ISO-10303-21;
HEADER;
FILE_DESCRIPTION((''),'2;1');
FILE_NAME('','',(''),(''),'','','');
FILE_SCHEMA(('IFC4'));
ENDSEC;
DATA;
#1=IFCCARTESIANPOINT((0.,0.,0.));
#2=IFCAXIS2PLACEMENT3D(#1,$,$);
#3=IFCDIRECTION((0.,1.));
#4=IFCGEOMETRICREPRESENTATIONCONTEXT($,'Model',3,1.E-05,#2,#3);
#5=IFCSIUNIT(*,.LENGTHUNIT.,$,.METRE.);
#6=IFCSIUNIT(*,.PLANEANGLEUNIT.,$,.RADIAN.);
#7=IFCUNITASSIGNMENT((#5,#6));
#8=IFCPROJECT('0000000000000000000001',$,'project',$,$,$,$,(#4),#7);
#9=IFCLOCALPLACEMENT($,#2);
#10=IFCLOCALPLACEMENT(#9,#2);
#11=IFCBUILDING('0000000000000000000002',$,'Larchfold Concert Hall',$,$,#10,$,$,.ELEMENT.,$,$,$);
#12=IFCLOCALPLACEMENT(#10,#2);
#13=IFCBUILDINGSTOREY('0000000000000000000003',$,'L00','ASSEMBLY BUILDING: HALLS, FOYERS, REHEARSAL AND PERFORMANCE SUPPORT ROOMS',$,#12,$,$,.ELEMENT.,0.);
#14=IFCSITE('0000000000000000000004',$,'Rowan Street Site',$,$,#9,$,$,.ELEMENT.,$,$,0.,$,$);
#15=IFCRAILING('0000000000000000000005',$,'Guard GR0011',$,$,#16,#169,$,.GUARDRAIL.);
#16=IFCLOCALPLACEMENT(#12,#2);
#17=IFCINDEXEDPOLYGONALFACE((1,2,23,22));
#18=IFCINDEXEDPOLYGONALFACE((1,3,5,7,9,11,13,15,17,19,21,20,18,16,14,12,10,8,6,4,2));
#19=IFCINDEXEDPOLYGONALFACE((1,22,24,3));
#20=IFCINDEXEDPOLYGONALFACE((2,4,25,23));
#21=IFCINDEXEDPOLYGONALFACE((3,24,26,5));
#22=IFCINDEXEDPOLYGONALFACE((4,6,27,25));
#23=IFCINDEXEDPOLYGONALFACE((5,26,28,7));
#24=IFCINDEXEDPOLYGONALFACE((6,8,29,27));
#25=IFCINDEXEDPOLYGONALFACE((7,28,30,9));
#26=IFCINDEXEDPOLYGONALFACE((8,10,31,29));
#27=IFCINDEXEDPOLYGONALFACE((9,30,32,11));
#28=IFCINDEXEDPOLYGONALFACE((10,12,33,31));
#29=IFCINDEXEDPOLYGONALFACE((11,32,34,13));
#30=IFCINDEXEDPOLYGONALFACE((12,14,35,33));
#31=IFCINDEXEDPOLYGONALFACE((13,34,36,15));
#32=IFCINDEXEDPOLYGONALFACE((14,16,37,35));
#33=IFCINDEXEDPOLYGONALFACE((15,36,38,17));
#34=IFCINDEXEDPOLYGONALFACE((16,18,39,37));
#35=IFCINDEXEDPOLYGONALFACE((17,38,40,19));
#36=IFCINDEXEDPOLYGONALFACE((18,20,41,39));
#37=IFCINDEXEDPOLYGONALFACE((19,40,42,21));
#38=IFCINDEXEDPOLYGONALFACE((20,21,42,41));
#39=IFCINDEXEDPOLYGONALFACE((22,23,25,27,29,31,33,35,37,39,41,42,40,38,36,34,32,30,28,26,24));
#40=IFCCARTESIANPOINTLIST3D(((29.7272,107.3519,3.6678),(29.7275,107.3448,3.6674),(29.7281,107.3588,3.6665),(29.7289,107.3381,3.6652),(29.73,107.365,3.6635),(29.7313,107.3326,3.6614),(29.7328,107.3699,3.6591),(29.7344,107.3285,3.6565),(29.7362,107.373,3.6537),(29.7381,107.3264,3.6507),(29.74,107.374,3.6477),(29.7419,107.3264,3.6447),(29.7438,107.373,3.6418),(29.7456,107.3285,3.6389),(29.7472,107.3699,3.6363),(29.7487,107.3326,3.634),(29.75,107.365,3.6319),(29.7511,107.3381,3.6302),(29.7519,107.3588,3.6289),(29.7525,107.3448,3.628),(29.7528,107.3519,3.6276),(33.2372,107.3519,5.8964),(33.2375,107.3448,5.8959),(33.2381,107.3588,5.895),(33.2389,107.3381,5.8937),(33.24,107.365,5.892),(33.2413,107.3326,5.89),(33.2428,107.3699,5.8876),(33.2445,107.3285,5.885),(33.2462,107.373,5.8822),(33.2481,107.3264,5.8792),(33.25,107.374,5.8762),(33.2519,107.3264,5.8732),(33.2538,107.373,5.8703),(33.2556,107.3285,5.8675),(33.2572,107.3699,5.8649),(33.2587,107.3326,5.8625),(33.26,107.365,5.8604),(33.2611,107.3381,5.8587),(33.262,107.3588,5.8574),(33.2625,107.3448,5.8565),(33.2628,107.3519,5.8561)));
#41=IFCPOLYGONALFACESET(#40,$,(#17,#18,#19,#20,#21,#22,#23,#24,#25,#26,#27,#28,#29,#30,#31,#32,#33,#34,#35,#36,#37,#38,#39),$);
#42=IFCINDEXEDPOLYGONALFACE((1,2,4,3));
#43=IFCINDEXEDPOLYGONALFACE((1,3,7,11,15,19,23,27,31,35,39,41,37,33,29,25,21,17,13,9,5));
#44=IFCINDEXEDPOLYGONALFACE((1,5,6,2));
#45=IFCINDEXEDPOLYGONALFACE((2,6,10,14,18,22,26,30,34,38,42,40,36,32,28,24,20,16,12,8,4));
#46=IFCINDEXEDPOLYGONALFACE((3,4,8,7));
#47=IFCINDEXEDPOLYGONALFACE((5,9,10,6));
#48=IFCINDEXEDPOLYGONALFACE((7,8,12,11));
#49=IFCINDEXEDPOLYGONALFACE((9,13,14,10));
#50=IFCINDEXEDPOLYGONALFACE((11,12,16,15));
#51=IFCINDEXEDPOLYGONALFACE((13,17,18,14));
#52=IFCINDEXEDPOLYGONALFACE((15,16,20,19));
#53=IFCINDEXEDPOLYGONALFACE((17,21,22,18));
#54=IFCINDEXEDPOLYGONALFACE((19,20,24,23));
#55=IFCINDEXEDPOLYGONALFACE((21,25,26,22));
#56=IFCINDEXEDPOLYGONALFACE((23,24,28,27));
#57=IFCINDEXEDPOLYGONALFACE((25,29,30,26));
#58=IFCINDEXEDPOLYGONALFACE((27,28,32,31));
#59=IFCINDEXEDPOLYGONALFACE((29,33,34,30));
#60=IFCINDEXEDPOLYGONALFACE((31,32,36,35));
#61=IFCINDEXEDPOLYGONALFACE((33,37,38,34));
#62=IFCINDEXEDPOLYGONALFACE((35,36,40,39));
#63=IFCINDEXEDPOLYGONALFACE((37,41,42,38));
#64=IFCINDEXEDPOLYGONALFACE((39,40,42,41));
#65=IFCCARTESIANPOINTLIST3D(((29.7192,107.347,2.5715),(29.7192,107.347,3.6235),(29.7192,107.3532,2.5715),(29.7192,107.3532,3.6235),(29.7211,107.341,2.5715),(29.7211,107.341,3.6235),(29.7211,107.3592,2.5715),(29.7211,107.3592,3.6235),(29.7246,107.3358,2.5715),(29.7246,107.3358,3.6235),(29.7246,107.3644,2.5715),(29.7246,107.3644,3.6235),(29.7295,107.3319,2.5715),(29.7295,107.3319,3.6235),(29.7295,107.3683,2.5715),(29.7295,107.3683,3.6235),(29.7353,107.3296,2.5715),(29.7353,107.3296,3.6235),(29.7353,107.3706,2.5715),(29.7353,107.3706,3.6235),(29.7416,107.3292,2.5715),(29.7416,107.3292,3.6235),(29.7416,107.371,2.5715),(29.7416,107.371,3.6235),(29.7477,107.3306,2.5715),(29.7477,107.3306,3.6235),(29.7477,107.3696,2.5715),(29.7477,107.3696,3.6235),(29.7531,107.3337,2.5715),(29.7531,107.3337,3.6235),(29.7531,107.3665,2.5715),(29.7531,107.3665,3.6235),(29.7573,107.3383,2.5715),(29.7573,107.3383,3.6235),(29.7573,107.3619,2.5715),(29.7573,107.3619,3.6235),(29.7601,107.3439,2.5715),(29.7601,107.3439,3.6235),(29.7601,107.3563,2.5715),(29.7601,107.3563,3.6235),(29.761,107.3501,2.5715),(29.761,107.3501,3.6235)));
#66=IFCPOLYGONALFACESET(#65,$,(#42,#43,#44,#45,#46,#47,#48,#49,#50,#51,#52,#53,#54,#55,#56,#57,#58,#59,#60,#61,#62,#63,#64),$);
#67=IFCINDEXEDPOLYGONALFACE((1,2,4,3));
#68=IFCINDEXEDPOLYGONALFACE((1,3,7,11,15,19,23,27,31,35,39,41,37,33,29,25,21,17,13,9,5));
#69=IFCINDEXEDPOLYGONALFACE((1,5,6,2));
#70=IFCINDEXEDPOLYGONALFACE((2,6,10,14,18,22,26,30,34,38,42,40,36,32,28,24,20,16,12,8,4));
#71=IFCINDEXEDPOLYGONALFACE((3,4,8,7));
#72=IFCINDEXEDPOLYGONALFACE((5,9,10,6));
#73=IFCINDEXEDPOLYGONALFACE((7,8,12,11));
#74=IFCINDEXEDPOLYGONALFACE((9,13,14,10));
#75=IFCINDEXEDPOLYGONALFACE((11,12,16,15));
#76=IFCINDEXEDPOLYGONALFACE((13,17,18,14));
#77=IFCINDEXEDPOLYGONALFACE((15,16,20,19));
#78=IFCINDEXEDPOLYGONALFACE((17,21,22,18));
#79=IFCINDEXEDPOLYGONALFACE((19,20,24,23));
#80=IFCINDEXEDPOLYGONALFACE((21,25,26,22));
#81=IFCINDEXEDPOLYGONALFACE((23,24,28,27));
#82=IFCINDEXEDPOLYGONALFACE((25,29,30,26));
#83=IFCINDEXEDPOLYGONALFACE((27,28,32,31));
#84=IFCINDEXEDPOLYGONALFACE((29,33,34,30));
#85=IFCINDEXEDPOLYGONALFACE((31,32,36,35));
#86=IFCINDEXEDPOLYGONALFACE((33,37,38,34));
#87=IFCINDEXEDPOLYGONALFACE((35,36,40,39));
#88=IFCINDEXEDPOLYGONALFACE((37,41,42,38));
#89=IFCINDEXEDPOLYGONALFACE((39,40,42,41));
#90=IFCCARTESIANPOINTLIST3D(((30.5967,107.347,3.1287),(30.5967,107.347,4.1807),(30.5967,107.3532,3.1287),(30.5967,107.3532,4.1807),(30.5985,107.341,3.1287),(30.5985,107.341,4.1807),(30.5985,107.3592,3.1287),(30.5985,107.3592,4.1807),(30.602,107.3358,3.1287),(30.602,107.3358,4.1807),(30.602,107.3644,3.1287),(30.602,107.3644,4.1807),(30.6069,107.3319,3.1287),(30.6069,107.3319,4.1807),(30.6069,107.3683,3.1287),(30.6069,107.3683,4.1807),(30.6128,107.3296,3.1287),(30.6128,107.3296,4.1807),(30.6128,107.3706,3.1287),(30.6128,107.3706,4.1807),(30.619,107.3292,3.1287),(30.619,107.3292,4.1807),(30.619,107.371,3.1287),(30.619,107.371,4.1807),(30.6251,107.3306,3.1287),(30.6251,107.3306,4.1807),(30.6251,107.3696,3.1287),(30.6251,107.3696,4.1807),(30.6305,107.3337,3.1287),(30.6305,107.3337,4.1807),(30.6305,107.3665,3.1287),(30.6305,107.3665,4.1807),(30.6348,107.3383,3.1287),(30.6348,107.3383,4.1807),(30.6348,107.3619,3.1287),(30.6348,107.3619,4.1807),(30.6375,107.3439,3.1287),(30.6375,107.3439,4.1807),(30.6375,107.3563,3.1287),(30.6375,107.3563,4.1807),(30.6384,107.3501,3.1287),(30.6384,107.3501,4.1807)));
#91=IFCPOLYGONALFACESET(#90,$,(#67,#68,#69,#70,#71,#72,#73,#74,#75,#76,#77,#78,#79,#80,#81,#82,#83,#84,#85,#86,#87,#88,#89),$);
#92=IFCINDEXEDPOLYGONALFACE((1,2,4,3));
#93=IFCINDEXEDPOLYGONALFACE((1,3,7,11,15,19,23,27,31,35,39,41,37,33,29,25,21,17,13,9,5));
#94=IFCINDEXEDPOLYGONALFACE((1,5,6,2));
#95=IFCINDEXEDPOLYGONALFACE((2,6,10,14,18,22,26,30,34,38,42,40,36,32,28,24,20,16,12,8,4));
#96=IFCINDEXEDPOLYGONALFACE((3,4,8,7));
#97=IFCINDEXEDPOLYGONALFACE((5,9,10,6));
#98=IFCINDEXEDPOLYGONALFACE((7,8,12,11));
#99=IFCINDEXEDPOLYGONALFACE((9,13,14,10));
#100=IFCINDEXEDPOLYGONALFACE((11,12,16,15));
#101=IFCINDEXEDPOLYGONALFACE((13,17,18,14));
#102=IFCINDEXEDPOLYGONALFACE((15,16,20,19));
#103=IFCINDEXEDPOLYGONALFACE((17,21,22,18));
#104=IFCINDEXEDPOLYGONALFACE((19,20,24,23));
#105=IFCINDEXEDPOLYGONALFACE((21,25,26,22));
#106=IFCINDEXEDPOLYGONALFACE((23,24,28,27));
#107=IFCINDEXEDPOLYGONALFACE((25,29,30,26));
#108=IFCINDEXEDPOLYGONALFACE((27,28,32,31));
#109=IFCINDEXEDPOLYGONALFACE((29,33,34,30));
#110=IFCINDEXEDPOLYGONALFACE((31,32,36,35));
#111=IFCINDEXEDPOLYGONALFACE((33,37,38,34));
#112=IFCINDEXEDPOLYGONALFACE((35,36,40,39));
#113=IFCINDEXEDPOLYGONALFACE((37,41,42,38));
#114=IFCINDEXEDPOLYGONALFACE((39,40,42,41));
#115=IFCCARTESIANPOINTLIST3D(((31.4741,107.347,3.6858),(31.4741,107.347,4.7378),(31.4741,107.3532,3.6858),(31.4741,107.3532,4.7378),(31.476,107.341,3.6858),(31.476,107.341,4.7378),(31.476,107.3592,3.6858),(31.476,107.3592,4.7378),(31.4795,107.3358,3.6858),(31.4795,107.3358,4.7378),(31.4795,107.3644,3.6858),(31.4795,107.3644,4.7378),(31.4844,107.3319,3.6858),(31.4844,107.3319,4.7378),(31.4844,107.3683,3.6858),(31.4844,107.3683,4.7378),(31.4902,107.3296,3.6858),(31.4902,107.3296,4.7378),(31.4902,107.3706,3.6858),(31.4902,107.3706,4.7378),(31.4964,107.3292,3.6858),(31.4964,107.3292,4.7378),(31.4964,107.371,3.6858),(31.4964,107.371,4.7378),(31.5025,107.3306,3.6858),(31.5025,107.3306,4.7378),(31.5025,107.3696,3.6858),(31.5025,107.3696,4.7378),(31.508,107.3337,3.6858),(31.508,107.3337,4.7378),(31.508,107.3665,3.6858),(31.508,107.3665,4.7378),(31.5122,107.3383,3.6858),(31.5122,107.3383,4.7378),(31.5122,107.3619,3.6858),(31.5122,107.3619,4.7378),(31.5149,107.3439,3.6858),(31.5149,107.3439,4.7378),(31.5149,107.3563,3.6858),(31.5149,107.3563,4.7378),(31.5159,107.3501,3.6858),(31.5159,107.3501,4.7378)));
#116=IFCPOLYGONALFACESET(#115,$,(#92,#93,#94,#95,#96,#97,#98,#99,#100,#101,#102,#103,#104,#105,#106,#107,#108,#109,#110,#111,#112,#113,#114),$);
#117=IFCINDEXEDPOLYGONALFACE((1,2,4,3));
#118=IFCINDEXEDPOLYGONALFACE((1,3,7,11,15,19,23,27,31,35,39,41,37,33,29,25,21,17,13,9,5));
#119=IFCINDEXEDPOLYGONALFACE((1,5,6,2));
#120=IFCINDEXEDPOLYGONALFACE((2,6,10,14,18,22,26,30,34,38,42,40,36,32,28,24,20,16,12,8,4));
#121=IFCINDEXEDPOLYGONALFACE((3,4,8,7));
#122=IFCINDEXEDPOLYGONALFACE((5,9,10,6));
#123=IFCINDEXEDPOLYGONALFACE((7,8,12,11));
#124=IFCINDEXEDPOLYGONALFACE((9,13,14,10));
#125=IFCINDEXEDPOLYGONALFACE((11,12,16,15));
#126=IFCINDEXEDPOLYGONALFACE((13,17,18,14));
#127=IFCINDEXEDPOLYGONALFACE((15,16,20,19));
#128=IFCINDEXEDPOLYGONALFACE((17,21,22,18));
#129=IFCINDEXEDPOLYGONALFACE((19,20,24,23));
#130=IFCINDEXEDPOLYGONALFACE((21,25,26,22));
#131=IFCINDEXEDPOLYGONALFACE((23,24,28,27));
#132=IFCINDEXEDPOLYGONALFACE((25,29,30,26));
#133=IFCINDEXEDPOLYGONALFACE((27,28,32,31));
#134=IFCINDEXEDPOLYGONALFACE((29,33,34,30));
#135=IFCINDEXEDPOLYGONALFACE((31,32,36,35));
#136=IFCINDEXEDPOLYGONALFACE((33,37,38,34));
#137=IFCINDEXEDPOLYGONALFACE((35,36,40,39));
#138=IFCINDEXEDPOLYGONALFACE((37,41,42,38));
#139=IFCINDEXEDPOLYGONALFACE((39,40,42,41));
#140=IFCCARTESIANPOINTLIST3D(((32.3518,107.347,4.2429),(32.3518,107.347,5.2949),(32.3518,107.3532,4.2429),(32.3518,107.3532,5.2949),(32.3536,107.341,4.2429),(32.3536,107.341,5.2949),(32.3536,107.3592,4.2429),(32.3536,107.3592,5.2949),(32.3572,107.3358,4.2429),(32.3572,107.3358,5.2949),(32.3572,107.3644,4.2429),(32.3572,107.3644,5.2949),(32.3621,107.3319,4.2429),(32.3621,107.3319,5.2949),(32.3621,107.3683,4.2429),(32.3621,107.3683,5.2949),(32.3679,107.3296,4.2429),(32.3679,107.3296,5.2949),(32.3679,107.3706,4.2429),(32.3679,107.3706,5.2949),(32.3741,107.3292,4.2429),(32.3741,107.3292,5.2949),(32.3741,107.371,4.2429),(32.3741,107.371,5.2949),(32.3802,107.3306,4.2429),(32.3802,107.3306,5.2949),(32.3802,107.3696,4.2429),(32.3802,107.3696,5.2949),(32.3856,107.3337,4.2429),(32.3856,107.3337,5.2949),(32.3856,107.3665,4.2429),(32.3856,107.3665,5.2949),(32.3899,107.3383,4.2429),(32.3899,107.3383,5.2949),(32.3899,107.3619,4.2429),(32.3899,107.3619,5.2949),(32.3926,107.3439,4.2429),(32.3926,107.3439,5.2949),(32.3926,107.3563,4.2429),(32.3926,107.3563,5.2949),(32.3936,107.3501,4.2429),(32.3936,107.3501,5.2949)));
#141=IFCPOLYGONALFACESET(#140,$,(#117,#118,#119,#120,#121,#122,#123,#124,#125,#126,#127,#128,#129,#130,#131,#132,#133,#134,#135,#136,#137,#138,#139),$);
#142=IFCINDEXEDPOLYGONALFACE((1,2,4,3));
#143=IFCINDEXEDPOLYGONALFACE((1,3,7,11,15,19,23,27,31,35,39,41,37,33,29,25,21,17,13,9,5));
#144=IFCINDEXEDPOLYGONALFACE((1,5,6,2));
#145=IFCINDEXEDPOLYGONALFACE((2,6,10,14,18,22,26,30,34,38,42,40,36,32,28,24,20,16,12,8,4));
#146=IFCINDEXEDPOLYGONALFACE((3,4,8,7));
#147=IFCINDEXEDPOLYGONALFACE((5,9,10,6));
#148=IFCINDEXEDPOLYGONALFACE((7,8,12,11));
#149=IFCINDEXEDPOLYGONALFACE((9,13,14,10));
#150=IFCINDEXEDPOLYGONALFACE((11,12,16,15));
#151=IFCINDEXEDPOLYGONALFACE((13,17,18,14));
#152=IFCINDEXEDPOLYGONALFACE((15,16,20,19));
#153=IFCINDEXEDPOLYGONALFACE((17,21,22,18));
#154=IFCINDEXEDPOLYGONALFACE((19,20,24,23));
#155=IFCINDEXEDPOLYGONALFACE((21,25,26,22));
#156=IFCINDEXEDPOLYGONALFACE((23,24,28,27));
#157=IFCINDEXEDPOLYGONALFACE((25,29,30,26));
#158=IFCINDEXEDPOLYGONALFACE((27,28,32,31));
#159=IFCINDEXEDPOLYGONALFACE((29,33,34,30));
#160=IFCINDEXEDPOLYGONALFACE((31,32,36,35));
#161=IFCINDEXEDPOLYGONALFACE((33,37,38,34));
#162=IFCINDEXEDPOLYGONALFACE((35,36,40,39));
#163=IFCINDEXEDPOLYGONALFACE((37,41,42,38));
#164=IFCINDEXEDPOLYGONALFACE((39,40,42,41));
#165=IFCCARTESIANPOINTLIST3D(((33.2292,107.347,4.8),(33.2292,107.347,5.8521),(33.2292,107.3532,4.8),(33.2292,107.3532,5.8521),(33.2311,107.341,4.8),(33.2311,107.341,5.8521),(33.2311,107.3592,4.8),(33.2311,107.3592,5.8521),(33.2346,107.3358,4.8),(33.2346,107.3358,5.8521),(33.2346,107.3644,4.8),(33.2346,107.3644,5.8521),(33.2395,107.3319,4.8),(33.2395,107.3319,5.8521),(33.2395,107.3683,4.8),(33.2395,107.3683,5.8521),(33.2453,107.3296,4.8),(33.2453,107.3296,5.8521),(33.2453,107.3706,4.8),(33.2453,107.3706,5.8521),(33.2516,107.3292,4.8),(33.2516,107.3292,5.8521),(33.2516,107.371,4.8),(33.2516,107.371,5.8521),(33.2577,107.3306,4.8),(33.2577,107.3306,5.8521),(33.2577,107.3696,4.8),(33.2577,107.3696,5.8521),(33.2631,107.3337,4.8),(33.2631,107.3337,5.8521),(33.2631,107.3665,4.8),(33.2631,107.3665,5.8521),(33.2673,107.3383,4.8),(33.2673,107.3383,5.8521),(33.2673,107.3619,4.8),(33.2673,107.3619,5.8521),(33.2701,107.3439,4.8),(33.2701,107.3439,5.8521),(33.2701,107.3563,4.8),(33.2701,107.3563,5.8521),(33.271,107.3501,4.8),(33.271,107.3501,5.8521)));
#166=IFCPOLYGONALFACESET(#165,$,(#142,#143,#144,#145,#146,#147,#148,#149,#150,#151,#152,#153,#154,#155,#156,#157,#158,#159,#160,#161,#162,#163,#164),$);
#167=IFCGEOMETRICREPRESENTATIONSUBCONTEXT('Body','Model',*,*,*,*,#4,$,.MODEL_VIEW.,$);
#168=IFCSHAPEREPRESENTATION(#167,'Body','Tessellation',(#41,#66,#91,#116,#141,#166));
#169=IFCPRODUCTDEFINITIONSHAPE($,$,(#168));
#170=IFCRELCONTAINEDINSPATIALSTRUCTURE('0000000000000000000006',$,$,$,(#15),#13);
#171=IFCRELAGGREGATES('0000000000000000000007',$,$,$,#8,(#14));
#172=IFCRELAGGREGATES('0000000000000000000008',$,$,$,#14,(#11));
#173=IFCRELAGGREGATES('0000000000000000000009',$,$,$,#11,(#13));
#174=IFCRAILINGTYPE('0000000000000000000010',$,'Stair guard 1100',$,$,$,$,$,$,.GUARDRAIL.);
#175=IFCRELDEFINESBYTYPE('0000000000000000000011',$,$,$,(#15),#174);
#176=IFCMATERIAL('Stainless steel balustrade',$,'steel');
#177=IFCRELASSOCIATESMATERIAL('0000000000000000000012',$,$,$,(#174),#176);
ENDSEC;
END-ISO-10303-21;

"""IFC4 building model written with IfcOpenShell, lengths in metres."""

from ifc_helpers import new_model, si_unit, direction, frame, origin, origin_2d, place, context, subcontext, project, spatial, circle, extrude, material, type_object, element, save


model = new_model("IFC4")

# Units and contexts
model_context = context("Model", 3, precision=1e-05, world=origin(), true_north=direction((0.0, 1.0)))
body_context = subcontext(model_context, "Body", "Model", "MODEL_VIEW")
ifc_project = project(units=[si_unit("LENGTHUNIT", "METRE"), si_unit("PLANEANGLEUNIT", "RADIAN")], contexts=[model_context])

# Site, building, storey
site_placement = place(None, origin())
site = spatial("IfcSite", under=ifc_project, at=site_placement, Name="Rowan Street Site", CompositionType="ELEMENT", RefElevation=0.0)
building_placement = place(site_placement, origin())
building = spatial("IfcBuilding", under=site, at=building_placement, Name="Larchfold Concert Hall", CompositionType="ELEMENT")
storey_placement = place(building_placement, origin())
storey = spatial("IfcBuildingStorey", under=building, at=storey_placement, Name="L00", Description="ASSEMBLY BUILDING: HALLS, FOYERS, REHEARSAL AND PERFORMANCE SUPPORT ROOMS", CompositionType="ELEMENT", Elevation=0.0)

# Railing
ifc_material_1 = material(Name="Stainless steel balustrade", Category="steel")
railing_type_1 = type_object("IfcRailingType", Name="Stair guard 1100", PredefinedType="GUARDRAIL", material=ifc_material_1)
railing_1_placement = place(storey_placement, frame((29.74, 107.3501, 2.5715)))
element("IfcRailing", 1, at=railing_1_placement, inside=storey, type_object=railing_type_1, Name="Guard GR0011", PredefinedType="GUARDRAIL", context=body_context, shape_type="SweptSolid", body=[
    extrude(circle(Radius=0.0239, at=origin_2d()), frame((0.0, 0.0, 1.0762), z_axis=(0.84422, 0.0, 0.535998), x_axis=(0.0, 1.0, 0.0)), (0.0, 0.0, 1.0), 4.1577),
    extrude(circle(Radius=0.021, at=origin_2d()), origin(), (0.0, 0.0, 1.0), 1.052),
    extrude(circle(Radius=0.021, at=origin_2d()), frame((0.8774, 0.0, 0.5571)), (0.0, 0.0, 1.0), 1.052),
    extrude(circle(Radius=0.021, at=origin_2d()), frame((1.7549, 0.0, 1.1143)), (0.0, 0.0, 1.0), 1.052),
    extrude(circle(Radius=0.021, at=origin_2d()), frame((2.6326, 0.0, 1.6714)), (0.0, 0.0, 1.0), 1.052),
    extrude(circle(Radius=0.021, at=origin_2d()), frame((3.51, 0.0, 2.2285)), (0.0, 0.0, 1.0), 1.052),
])

save(model, "model.ifc")
